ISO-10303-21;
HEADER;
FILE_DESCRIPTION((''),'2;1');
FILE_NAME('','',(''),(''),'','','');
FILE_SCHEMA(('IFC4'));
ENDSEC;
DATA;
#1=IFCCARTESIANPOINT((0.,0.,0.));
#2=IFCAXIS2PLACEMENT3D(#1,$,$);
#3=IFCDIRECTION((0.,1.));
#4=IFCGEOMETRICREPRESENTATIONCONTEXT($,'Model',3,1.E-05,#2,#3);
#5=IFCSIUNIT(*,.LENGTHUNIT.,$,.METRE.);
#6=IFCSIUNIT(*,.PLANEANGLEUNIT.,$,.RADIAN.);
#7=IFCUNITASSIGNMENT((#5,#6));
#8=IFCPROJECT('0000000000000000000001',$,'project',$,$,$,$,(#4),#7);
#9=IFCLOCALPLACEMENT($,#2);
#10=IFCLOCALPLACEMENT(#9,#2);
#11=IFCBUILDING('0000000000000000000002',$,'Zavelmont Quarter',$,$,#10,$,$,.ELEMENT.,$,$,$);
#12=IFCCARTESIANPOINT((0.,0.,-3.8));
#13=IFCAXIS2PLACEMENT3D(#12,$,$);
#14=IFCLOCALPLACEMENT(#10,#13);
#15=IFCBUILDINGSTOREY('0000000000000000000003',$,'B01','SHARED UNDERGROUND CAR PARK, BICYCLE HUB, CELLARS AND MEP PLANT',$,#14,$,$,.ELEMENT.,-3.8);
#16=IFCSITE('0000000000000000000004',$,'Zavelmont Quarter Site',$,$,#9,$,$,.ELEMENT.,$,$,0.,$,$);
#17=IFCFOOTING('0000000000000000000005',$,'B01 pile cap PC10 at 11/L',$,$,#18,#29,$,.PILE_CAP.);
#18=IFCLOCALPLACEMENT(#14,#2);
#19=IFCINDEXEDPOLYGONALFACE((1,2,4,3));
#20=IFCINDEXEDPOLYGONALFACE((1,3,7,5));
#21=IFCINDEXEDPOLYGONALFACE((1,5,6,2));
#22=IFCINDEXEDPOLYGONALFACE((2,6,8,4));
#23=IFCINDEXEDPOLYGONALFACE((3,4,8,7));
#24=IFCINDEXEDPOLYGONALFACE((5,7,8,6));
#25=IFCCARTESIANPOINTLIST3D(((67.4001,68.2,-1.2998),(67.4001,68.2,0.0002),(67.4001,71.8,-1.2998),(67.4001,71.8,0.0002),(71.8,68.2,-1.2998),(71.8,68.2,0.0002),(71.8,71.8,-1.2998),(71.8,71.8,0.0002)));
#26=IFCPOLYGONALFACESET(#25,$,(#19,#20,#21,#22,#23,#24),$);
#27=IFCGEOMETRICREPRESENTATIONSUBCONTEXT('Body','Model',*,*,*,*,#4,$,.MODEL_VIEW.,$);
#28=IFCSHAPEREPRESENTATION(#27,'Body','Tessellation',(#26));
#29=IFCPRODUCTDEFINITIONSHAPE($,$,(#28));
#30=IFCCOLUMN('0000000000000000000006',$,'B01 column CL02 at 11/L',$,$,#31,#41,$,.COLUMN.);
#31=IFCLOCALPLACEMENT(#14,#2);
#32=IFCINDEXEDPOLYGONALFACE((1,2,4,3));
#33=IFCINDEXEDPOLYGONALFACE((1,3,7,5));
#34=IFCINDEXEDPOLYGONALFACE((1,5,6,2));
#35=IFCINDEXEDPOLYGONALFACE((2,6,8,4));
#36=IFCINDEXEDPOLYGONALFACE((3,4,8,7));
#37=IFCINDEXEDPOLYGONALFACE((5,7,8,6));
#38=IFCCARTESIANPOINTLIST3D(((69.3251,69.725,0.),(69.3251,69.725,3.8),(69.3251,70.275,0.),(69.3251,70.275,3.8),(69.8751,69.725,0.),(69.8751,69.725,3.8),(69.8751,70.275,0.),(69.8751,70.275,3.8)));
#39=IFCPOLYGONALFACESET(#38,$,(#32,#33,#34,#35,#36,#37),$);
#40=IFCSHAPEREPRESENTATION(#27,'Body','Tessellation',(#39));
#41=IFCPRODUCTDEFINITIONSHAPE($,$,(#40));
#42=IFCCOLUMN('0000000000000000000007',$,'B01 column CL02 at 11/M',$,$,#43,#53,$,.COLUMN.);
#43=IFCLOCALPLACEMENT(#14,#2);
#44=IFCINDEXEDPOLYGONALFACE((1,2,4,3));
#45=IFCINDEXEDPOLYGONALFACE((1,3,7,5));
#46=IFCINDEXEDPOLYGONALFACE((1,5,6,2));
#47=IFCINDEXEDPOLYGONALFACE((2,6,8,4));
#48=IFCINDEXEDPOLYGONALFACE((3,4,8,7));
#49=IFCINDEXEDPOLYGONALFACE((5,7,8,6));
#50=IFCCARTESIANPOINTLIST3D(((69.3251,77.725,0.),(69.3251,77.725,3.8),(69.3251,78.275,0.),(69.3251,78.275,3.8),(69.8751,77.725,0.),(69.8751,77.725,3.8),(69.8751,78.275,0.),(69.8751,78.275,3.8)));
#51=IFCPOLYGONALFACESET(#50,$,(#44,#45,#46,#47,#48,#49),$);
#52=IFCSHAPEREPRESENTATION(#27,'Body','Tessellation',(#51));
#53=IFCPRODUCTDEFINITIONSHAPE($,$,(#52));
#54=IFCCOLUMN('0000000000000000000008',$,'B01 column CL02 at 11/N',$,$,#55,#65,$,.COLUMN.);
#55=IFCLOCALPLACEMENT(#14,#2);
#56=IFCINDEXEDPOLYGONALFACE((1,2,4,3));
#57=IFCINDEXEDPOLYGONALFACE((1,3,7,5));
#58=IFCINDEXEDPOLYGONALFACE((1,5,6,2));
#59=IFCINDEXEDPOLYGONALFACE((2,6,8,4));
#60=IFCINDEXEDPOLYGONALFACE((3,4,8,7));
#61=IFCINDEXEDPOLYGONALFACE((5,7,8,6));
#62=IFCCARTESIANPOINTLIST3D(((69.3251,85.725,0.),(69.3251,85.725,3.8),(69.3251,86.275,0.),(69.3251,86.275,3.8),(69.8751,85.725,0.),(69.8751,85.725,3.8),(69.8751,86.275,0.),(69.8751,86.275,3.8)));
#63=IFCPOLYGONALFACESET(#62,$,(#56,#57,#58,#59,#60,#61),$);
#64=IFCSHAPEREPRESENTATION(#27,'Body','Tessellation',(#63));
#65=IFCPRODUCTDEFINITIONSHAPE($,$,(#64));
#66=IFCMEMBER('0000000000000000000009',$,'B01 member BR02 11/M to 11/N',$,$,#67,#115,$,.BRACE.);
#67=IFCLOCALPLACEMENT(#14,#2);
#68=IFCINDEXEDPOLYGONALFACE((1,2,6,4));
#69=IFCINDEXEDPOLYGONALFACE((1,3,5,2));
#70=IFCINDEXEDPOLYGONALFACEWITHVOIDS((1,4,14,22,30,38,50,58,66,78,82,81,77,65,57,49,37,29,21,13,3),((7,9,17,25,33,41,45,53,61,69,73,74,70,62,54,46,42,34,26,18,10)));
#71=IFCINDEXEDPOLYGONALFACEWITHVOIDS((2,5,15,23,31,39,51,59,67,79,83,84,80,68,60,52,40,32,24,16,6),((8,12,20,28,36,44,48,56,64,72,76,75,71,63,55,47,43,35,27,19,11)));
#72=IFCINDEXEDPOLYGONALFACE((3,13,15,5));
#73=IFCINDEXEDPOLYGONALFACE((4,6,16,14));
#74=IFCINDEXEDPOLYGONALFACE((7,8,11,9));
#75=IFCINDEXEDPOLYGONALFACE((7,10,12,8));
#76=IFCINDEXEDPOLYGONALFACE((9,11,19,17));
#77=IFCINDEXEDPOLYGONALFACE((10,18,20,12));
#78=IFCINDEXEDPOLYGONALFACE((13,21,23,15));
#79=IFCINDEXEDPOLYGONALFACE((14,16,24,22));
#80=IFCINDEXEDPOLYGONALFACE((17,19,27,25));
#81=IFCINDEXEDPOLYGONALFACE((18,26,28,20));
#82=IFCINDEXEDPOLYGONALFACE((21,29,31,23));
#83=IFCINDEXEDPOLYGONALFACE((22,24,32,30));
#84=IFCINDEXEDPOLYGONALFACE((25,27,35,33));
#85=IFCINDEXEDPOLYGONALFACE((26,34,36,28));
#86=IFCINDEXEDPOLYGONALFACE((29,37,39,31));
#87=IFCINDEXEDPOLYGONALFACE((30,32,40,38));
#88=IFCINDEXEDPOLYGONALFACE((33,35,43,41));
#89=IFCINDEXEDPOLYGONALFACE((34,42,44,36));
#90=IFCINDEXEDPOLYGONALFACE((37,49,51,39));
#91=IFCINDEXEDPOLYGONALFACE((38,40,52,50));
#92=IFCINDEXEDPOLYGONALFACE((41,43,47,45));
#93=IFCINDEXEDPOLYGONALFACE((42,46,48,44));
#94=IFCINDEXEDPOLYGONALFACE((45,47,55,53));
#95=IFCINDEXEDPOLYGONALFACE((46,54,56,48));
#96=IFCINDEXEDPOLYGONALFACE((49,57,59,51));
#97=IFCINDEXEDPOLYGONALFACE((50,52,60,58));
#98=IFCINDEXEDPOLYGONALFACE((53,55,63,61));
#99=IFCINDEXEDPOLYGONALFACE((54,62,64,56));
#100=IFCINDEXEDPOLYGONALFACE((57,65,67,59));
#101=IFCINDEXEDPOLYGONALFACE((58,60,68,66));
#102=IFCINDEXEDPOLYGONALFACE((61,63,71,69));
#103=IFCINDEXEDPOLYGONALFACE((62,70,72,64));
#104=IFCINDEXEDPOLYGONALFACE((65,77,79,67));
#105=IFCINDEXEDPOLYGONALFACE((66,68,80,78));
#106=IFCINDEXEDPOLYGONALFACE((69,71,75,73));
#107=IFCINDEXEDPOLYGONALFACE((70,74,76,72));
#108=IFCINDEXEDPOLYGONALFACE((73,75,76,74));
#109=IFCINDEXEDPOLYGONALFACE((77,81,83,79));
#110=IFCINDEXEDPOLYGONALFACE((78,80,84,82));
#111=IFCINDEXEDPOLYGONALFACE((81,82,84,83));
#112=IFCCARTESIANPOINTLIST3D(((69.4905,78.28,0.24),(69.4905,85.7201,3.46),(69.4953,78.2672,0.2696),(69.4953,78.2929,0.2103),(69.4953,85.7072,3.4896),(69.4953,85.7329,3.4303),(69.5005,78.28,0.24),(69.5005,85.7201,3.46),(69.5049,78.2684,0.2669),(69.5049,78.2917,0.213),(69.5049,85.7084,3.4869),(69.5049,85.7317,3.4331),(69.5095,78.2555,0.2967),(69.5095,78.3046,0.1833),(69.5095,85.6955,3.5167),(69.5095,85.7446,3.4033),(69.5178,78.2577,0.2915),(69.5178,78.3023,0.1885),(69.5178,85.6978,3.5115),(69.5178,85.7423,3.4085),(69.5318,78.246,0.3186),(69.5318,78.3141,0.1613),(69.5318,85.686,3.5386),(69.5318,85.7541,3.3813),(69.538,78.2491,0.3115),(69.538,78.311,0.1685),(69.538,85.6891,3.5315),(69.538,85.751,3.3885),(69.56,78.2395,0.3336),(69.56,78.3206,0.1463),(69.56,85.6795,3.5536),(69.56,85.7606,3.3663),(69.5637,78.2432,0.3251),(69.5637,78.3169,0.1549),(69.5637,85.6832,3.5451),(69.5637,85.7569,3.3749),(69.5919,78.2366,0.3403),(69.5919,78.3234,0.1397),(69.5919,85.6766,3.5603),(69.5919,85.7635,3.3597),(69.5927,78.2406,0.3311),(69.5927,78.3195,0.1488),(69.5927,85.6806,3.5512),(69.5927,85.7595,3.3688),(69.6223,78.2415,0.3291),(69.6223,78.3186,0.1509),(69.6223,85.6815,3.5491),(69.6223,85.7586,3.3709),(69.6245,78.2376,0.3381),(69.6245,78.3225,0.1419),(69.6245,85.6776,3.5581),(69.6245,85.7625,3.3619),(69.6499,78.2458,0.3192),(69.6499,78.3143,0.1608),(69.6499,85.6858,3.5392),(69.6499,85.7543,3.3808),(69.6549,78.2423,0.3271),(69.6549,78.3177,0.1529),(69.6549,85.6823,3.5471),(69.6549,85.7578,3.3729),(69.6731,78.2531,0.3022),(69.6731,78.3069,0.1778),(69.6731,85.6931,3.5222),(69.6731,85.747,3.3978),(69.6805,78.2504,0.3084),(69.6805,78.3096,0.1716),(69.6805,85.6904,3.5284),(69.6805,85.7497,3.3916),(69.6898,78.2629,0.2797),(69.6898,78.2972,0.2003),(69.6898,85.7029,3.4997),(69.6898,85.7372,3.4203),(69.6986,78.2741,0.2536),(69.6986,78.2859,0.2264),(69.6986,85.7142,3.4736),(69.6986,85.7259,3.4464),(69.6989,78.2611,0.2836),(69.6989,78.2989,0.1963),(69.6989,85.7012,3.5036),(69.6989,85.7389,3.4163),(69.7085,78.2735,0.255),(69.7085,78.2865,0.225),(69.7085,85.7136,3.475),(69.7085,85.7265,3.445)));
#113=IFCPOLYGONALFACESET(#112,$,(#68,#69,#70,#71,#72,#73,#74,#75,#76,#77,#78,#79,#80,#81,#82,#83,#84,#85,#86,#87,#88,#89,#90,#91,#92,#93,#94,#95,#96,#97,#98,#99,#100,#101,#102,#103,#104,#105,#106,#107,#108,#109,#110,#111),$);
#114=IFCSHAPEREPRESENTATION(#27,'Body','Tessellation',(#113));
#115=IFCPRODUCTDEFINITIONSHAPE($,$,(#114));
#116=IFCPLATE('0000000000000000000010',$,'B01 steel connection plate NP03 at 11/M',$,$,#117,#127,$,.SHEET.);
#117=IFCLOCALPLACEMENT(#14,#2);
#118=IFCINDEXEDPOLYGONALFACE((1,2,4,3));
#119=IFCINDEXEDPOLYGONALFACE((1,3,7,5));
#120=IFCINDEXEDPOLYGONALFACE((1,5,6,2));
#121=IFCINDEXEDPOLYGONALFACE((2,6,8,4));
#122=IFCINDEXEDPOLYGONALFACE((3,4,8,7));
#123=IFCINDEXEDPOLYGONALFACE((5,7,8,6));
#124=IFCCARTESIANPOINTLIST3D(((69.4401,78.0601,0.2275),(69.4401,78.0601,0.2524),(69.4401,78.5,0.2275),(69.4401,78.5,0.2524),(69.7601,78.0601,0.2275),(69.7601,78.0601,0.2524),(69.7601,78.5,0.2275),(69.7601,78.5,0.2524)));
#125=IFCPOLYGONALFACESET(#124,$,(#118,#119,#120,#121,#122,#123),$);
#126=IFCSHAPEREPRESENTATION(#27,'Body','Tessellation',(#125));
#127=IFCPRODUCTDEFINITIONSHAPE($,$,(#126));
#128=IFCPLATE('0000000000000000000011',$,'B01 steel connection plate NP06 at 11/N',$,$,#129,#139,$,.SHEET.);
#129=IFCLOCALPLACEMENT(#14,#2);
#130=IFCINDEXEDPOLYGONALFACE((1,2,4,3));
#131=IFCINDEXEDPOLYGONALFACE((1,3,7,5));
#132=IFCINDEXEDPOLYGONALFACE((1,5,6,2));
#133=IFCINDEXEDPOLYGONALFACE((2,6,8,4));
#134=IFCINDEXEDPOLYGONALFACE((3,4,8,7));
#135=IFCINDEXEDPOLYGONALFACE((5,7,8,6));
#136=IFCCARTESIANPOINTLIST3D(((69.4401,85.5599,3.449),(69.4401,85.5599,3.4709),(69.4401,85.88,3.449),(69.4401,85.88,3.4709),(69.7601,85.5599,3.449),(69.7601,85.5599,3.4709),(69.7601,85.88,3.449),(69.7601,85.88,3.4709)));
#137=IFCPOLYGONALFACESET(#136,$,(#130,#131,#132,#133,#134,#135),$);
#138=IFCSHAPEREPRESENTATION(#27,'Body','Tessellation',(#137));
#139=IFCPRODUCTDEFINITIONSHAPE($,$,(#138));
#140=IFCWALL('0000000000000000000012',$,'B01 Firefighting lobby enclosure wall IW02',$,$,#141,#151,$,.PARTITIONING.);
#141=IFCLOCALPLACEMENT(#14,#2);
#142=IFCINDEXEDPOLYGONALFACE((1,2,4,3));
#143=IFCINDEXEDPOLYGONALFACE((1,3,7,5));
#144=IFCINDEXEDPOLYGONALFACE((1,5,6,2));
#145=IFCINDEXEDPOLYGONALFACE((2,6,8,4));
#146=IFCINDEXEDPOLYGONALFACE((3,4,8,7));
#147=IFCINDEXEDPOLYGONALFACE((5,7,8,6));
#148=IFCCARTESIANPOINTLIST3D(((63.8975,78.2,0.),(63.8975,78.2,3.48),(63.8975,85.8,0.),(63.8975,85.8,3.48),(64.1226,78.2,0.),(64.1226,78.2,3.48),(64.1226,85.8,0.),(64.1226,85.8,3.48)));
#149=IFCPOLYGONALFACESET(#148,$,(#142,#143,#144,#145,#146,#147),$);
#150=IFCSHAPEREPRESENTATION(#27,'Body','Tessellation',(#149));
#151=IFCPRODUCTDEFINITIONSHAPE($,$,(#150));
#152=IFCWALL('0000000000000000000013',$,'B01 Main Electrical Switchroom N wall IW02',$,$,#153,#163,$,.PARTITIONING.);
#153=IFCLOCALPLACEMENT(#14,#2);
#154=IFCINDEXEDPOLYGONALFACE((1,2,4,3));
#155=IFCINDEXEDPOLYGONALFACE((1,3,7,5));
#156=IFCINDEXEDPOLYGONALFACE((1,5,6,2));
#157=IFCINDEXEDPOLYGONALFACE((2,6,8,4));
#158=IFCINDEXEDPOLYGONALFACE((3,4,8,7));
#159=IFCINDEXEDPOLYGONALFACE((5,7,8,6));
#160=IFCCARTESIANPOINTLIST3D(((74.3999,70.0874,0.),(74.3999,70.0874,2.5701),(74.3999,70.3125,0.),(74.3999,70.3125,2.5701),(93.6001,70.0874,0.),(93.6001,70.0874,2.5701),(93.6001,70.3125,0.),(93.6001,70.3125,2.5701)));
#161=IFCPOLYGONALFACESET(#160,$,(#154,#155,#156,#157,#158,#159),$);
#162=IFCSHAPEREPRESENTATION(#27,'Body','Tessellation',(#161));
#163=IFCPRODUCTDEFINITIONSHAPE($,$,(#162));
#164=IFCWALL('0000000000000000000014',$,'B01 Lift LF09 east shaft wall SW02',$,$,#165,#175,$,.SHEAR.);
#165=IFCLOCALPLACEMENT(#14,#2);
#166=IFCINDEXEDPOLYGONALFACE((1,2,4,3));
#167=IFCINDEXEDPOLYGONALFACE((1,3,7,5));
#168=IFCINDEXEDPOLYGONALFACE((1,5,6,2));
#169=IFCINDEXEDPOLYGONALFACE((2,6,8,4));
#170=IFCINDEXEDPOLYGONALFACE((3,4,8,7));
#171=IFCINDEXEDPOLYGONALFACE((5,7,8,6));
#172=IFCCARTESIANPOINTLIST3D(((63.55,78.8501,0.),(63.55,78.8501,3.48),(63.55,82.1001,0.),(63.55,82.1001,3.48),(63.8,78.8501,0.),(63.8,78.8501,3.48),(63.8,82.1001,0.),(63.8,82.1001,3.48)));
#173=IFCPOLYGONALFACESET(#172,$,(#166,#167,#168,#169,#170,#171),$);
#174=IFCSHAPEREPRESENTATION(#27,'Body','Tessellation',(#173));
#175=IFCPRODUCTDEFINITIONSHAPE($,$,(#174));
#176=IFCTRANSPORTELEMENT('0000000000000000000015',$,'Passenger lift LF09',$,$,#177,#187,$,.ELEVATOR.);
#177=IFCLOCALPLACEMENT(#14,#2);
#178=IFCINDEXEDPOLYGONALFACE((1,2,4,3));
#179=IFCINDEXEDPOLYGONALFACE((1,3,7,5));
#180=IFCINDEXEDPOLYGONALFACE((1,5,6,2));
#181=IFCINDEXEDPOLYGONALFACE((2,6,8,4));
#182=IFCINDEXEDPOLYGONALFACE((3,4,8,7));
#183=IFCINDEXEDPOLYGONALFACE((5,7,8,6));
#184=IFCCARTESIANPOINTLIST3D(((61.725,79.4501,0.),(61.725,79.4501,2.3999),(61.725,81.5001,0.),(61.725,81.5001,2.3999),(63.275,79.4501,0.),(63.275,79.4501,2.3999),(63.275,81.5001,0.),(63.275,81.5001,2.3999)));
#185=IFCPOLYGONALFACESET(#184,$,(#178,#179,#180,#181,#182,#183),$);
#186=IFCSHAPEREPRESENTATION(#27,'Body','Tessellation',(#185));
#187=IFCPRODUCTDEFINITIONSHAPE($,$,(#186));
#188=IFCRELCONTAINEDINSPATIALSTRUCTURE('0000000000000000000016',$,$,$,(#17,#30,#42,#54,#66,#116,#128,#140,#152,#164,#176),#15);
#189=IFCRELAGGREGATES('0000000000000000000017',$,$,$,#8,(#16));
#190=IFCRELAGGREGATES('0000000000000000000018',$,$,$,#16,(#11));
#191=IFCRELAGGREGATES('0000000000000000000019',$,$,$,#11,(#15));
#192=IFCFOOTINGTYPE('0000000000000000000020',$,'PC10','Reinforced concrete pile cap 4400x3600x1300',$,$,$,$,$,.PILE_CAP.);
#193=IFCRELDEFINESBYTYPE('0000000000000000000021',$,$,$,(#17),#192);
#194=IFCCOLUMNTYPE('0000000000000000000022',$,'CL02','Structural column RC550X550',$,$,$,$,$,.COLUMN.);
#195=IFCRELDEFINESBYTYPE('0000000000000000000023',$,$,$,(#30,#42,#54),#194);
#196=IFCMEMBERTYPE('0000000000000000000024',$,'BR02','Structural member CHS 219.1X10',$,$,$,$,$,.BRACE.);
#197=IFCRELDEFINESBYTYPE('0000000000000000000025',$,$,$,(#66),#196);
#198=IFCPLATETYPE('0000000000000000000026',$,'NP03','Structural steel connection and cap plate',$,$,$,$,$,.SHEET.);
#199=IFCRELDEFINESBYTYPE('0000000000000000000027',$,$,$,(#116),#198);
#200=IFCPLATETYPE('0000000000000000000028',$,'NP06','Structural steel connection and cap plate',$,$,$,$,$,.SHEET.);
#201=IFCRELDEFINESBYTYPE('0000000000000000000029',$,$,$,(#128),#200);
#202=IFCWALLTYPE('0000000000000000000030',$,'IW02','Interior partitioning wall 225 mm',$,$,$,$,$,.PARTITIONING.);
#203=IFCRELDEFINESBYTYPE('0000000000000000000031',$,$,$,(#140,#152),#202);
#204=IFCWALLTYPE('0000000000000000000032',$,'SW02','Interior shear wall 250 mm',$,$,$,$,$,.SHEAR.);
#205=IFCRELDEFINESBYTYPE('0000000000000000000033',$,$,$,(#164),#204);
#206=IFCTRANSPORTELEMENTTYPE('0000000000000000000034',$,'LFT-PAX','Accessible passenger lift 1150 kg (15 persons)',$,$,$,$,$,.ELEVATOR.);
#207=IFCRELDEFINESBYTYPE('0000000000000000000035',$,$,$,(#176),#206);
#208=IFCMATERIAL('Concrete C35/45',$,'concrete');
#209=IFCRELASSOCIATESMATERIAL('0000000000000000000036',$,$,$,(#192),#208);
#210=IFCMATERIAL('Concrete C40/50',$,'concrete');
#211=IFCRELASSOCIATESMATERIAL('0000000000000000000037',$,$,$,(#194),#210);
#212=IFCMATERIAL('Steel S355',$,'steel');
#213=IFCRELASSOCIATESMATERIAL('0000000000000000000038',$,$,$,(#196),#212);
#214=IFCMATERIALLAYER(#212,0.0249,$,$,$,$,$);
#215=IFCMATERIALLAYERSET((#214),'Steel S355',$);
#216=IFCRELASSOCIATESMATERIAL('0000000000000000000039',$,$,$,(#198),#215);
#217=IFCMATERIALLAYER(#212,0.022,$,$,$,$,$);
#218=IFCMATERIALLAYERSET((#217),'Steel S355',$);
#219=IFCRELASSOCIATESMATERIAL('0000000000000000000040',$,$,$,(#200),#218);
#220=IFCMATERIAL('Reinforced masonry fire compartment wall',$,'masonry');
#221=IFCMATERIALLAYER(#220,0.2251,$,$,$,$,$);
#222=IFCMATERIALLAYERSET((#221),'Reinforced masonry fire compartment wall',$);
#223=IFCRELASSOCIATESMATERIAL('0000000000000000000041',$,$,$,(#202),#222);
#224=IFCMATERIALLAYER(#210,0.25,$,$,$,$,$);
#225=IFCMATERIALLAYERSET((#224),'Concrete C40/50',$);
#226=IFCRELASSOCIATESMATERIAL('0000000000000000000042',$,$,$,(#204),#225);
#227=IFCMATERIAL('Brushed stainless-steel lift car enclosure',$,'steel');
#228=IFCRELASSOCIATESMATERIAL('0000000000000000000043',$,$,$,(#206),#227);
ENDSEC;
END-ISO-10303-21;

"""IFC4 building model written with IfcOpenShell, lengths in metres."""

from ifc_helpers import new_model, si_unit, direction, frame, frame_2d, origin, origin_2d, place, context, subcontext, project, spatial, rectangle, hollow_circle, extrude, material, layer, layer_set, material_profile, profile_set, type_object, element, save


model = new_model("IFC4")

# Units and contexts
model_context = context("Model", 3, precision=1e-05, world=origin(), true_north=direction((0.0, 1.0)))
body_context = subcontext(model_context, "Body", "Model", "MODEL_VIEW")
ifc_project = project(units=[si_unit("LENGTHUNIT", "METRE"), si_unit("PLANEANGLEUNIT", "RADIAN")], contexts=[model_context])

# Site, building, storey
site_placement = place(None, origin())
site = spatial("IfcSite", under=ifc_project, at=site_placement, Name="Zavelmont Quarter Site", CompositionType="ELEMENT", RefElevation=0.0)
building_placement = place(site_placement, origin())
building = spatial("IfcBuilding", under=site, at=building_placement, Name="Zavelmont Quarter", CompositionType="ELEMENT")
storey_placement = place(building_placement, frame((0.0, 0.0, -3.8)))
storey = spatial("IfcBuildingStorey", under=building, at=storey_placement, Name="B01", Description="SHARED UNDERGROUND CAR PARK, BICYCLE HUB, CELLARS AND MEP PLANT", CompositionType="ELEMENT", Elevation=-3.8)

# Shared definitions
ifc_material_1 = material(Name="Concrete C35/45", Category="concrete")

# Footing
footing_type_1 = type_object("IfcFootingType", Name="PC10", Description="Reinforced concrete pile cap 4400x3600x1300", PredefinedType="PILE_CAP", material=ifc_material_1)
footing_1_placement = place(storey_placement, frame((69.6001, 70.0, -1.2998), z_axis=(0.0, 0.0, 1.0), x_axis=(1.0, 0.0, 0.0)))
element("IfcFooting", 1, at=footing_1_placement, inside=storey, type_object=footing_type_1, Name="B01 pile cap PC10 at 11/L", PredefinedType="PILE_CAP", context=body_context, shape_type="SweptSolid", body=[
    extrude(rectangle(XDim=4.3999, YDim=3.6001, at=origin_2d()), origin(), (0.0, 0.0, 1.0), 1.3),
])

# Columns
ifc_material_2 = material(Name="Concrete C40/50", Category="concrete")
ifc_material_profile_1 = material_profile(ifc_material_2, rectangle(XDim=0.55, YDim=0.55, at=origin_2d()), Name="RC550X550")
ifc_profile_set_1 = profile_set([ifc_material_profile_1], Name="Concrete C40/50")
column_type = type_object("IfcColumnType", Name="CL02", Description="Structural column RC550X550", PredefinedType="COLUMN", material=ifc_profile_set_1)
for number, where, z_axis, x_axis, name in (
    (2, (69.6001, 70.0, 0.0), (0.0, 0.0, 1.0), (1.0, 0.0, 0.0), "B01 column CL02 at 11/L"),
    (3, (69.6001, 78.0, 0.0), (0.0, 0.0, 1.0), (1.0, 0.0, 0.0), "B01 column CL02 at 11/M"),
    (4, (69.6001, 86.0, 0.0), (0.0, 0.0, 1.0), (1.0, 0.0, 0.0), "B01 column CL02 at 11/N"),
):
    element("IfcColumn", number, at=place(storey_placement, frame(where, z_axis=z_axis, x_axis=x_axis)), inside=storey, type_object=column_type, Name=name, PredefinedType="COLUMN", context=body_context, shape_type="SweptSolid", body=[
        extrude(rectangle(XDim=0.55, YDim=0.55, at=origin_2d()), origin(), (0.0, 0.0, 1.0), 3.8),
    ])

# Member
ifc_material_3 = material(Name="Steel S355", Category="steel")
ifc_material_profile_2 = material_profile(ifc_material_3, hollow_circle(Radius=0.1096, WallThickness=0.01, at=origin_2d()), Name="CHS 219.1X10")
ifc_profile_set_2 = profile_set([ifc_material_profile_2], Name="Steel S355")
member_type = type_object("IfcMemberType", Name="BR02", Description="Structural member CHS 219.1X10", PredefinedType="BRACE", material=ifc_profile_set_2)
member_placement = place(storey_placement, frame((69.6001, 78.28, 0.24), z_axis=(0.0, 0.917736, 0.397192), x_axis=(-1.0, 0.0, 0.0)))
element("IfcMember", 5, at=member_placement, inside=storey, type_object=member_type, Name="B01 member BR02 11/M to 11/N", PredefinedType="BRACE", context=body_context, shape_type="SweptSolid", body=[
    extrude(hollow_circle(Radius=0.1096, WallThickness=0.01, at=origin_2d()), origin(), (0.0, 0.0, 1.0), 8.1069),
])

# Plates
ifc_layer_1 = layer(ifc_material_3, 0.0249)
ifc_layer_set_1 = layer_set([ifc_layer_1], Name="Steel S355")
plate_type_1 = type_object("IfcPlateType", Name="NP03", Description="Structural steel connection and cap plate", PredefinedType="SHEET", material=ifc_layer_set_1)
plate_1_placement = place(storey_placement, frame((69.6001, 78.28, 0.2275), z_axis=(0.0, 0.0, 1.0), x_axis=(0.0, 1.0, 0.0)))
element("IfcPlate", 6, at=plate_1_placement, inside=storey, type_object=plate_type_1, Name="B01 steel connection plate NP03 at 11/M", PredefinedType="SHEET", context=body_context, shape_type="SweptSolid", body=[
    extrude(rectangle(XDim=0.4399, YDim=0.3201, at=origin_2d()), origin(), (0.0, 0.0, 1.0), 0.0249),
])
ifc_layer_2 = layer(ifc_material_3, 0.022)
ifc_layer_set_2 = layer_set([ifc_layer_2], Name="Steel S355")
plate_type_2 = type_object("IfcPlateType", Name="NP06", Description="Structural steel connection and cap plate", PredefinedType="SHEET", material=ifc_layer_set_2)
plate_2_placement = place(storey_placement, frame((69.6001, 85.72, 3.449), z_axis=(0.0, 0.0, 1.0), x_axis=(0.0, 1.0, 0.0)))
element("IfcPlate", 7, at=plate_2_placement, inside=storey, type_object=plate_type_2, Name="B01 steel connection plate NP06 at 11/N", PredefinedType="SHEET", context=body_context, shape_type="SweptSolid", body=[
    extrude(rectangle(XDim=0.3201, YDim=0.3201, at=origin_2d()), origin(), (0.0, 0.0, 1.0), 0.022),
])

# Walls
ifc_material_4 = material(Name="Reinforced masonry fire compartment wall", Category="masonry")
ifc_layer_3 = layer(ifc_material_4, 0.2251)
ifc_layer_set_3 = layer_set([ifc_layer_3], Name="Reinforced masonry fire compartment wall")
wall_type_1 = type_object("IfcWallType", Name="IW02", Description="Interior partitioning wall 225 mm", PredefinedType="PARTITIONING", material=ifc_layer_set_3)
wall_1_placement = place(storey_placement, frame((64.01, 78.2, 0.0), z_axis=(0.0, 0.0, 1.0), x_axis=(0.0, 1.0, 0.0)))
element("IfcWall", 8, at=wall_1_placement, inside=storey, type_object=wall_type_1, Name="B01 Firefighting lobby enclosure wall IW02", PredefinedType="PARTITIONING", context=body_context, shape_type="SweptSolid", body=[
    extrude(rectangle(XDim=7.6001, YDim=0.2251, at=frame_2d((3.8, 0.0))), origin(), (0.0, 0.0, 1.0), 3.48),
])
wall_2_placement = place(storey_placement, frame((74.3999, 70.2, 0.0), z_axis=(0.0, 0.0, 1.0), x_axis=(1.0, 0.0, 0.0)))
element("IfcWall", 9, at=wall_2_placement, inside=storey, type_object=wall_type_1, Name="B01 Main Electrical Switchroom N wall IW02", PredefinedType="PARTITIONING", context=body_context, shape_type="SweptSolid", body=[
    extrude(rectangle(XDim=19.2002, YDim=0.2251, at=frame_2d((9.6001, 0.0))), origin(), (0.0, 0.0, 1.0), 2.5701),
])
ifc_layer_4 = layer(ifc_material_2, 0.25)
ifc_layer_set_4 = layer_set([ifc_layer_4], Name="Concrete C40/50")
wall_type_2 = type_object("IfcWallType", Name="SW02", Description="Interior shear wall 250 mm", PredefinedType="SHEAR", material=ifc_layer_set_4)
wall_3_placement = place(storey_placement, frame((63.675, 78.8501, 0.0), z_axis=(0.0, 0.0, 1.0), x_axis=(0.0, 1.0, 0.0)))
element("IfcWall", 10, at=wall_3_placement, inside=storey, type_object=wall_type_2, Name="B01 Lift LF09 east shaft wall SW02", PredefinedType="SHEAR", context=body_context, shape_type="SweptSolid", body=[
    extrude(rectangle(XDim=3.25, YDim=0.25, at=frame_2d((1.625, 0.0))), origin(), (0.0, 0.0, 1.0), 3.48),
])

# Transport element
ifc_material_5 = material(Name="Brushed stainless-steel lift car enclosure", Category="steel")
transport_element_type = type_object("IfcTransportElementType", Name="LFT-PAX", Description="Accessible passenger lift 1150 kg (15 persons)", PredefinedType="ELEVATOR", material=ifc_material_5)
transport_element_placement = place(storey_placement, frame((62.5, 80.4751, 0.0), z_axis=(0.0, 0.0, 1.0), x_axis=(1.0, 0.0, 0.0)))
element("IfcTransportElement", 11, at=transport_element_placement, inside=storey, type_object=transport_element_type, Name="Passenger lift LF09", PredefinedType="ELEVATOR", context=body_context, shape_type="SweptSolid", body=[
    extrude(rectangle(XDim=1.55, YDim=2.05, at=origin_2d()), origin(), (0.0, 0.0, 1.0), 2.3999),
])

save(model, "model.ifc")
